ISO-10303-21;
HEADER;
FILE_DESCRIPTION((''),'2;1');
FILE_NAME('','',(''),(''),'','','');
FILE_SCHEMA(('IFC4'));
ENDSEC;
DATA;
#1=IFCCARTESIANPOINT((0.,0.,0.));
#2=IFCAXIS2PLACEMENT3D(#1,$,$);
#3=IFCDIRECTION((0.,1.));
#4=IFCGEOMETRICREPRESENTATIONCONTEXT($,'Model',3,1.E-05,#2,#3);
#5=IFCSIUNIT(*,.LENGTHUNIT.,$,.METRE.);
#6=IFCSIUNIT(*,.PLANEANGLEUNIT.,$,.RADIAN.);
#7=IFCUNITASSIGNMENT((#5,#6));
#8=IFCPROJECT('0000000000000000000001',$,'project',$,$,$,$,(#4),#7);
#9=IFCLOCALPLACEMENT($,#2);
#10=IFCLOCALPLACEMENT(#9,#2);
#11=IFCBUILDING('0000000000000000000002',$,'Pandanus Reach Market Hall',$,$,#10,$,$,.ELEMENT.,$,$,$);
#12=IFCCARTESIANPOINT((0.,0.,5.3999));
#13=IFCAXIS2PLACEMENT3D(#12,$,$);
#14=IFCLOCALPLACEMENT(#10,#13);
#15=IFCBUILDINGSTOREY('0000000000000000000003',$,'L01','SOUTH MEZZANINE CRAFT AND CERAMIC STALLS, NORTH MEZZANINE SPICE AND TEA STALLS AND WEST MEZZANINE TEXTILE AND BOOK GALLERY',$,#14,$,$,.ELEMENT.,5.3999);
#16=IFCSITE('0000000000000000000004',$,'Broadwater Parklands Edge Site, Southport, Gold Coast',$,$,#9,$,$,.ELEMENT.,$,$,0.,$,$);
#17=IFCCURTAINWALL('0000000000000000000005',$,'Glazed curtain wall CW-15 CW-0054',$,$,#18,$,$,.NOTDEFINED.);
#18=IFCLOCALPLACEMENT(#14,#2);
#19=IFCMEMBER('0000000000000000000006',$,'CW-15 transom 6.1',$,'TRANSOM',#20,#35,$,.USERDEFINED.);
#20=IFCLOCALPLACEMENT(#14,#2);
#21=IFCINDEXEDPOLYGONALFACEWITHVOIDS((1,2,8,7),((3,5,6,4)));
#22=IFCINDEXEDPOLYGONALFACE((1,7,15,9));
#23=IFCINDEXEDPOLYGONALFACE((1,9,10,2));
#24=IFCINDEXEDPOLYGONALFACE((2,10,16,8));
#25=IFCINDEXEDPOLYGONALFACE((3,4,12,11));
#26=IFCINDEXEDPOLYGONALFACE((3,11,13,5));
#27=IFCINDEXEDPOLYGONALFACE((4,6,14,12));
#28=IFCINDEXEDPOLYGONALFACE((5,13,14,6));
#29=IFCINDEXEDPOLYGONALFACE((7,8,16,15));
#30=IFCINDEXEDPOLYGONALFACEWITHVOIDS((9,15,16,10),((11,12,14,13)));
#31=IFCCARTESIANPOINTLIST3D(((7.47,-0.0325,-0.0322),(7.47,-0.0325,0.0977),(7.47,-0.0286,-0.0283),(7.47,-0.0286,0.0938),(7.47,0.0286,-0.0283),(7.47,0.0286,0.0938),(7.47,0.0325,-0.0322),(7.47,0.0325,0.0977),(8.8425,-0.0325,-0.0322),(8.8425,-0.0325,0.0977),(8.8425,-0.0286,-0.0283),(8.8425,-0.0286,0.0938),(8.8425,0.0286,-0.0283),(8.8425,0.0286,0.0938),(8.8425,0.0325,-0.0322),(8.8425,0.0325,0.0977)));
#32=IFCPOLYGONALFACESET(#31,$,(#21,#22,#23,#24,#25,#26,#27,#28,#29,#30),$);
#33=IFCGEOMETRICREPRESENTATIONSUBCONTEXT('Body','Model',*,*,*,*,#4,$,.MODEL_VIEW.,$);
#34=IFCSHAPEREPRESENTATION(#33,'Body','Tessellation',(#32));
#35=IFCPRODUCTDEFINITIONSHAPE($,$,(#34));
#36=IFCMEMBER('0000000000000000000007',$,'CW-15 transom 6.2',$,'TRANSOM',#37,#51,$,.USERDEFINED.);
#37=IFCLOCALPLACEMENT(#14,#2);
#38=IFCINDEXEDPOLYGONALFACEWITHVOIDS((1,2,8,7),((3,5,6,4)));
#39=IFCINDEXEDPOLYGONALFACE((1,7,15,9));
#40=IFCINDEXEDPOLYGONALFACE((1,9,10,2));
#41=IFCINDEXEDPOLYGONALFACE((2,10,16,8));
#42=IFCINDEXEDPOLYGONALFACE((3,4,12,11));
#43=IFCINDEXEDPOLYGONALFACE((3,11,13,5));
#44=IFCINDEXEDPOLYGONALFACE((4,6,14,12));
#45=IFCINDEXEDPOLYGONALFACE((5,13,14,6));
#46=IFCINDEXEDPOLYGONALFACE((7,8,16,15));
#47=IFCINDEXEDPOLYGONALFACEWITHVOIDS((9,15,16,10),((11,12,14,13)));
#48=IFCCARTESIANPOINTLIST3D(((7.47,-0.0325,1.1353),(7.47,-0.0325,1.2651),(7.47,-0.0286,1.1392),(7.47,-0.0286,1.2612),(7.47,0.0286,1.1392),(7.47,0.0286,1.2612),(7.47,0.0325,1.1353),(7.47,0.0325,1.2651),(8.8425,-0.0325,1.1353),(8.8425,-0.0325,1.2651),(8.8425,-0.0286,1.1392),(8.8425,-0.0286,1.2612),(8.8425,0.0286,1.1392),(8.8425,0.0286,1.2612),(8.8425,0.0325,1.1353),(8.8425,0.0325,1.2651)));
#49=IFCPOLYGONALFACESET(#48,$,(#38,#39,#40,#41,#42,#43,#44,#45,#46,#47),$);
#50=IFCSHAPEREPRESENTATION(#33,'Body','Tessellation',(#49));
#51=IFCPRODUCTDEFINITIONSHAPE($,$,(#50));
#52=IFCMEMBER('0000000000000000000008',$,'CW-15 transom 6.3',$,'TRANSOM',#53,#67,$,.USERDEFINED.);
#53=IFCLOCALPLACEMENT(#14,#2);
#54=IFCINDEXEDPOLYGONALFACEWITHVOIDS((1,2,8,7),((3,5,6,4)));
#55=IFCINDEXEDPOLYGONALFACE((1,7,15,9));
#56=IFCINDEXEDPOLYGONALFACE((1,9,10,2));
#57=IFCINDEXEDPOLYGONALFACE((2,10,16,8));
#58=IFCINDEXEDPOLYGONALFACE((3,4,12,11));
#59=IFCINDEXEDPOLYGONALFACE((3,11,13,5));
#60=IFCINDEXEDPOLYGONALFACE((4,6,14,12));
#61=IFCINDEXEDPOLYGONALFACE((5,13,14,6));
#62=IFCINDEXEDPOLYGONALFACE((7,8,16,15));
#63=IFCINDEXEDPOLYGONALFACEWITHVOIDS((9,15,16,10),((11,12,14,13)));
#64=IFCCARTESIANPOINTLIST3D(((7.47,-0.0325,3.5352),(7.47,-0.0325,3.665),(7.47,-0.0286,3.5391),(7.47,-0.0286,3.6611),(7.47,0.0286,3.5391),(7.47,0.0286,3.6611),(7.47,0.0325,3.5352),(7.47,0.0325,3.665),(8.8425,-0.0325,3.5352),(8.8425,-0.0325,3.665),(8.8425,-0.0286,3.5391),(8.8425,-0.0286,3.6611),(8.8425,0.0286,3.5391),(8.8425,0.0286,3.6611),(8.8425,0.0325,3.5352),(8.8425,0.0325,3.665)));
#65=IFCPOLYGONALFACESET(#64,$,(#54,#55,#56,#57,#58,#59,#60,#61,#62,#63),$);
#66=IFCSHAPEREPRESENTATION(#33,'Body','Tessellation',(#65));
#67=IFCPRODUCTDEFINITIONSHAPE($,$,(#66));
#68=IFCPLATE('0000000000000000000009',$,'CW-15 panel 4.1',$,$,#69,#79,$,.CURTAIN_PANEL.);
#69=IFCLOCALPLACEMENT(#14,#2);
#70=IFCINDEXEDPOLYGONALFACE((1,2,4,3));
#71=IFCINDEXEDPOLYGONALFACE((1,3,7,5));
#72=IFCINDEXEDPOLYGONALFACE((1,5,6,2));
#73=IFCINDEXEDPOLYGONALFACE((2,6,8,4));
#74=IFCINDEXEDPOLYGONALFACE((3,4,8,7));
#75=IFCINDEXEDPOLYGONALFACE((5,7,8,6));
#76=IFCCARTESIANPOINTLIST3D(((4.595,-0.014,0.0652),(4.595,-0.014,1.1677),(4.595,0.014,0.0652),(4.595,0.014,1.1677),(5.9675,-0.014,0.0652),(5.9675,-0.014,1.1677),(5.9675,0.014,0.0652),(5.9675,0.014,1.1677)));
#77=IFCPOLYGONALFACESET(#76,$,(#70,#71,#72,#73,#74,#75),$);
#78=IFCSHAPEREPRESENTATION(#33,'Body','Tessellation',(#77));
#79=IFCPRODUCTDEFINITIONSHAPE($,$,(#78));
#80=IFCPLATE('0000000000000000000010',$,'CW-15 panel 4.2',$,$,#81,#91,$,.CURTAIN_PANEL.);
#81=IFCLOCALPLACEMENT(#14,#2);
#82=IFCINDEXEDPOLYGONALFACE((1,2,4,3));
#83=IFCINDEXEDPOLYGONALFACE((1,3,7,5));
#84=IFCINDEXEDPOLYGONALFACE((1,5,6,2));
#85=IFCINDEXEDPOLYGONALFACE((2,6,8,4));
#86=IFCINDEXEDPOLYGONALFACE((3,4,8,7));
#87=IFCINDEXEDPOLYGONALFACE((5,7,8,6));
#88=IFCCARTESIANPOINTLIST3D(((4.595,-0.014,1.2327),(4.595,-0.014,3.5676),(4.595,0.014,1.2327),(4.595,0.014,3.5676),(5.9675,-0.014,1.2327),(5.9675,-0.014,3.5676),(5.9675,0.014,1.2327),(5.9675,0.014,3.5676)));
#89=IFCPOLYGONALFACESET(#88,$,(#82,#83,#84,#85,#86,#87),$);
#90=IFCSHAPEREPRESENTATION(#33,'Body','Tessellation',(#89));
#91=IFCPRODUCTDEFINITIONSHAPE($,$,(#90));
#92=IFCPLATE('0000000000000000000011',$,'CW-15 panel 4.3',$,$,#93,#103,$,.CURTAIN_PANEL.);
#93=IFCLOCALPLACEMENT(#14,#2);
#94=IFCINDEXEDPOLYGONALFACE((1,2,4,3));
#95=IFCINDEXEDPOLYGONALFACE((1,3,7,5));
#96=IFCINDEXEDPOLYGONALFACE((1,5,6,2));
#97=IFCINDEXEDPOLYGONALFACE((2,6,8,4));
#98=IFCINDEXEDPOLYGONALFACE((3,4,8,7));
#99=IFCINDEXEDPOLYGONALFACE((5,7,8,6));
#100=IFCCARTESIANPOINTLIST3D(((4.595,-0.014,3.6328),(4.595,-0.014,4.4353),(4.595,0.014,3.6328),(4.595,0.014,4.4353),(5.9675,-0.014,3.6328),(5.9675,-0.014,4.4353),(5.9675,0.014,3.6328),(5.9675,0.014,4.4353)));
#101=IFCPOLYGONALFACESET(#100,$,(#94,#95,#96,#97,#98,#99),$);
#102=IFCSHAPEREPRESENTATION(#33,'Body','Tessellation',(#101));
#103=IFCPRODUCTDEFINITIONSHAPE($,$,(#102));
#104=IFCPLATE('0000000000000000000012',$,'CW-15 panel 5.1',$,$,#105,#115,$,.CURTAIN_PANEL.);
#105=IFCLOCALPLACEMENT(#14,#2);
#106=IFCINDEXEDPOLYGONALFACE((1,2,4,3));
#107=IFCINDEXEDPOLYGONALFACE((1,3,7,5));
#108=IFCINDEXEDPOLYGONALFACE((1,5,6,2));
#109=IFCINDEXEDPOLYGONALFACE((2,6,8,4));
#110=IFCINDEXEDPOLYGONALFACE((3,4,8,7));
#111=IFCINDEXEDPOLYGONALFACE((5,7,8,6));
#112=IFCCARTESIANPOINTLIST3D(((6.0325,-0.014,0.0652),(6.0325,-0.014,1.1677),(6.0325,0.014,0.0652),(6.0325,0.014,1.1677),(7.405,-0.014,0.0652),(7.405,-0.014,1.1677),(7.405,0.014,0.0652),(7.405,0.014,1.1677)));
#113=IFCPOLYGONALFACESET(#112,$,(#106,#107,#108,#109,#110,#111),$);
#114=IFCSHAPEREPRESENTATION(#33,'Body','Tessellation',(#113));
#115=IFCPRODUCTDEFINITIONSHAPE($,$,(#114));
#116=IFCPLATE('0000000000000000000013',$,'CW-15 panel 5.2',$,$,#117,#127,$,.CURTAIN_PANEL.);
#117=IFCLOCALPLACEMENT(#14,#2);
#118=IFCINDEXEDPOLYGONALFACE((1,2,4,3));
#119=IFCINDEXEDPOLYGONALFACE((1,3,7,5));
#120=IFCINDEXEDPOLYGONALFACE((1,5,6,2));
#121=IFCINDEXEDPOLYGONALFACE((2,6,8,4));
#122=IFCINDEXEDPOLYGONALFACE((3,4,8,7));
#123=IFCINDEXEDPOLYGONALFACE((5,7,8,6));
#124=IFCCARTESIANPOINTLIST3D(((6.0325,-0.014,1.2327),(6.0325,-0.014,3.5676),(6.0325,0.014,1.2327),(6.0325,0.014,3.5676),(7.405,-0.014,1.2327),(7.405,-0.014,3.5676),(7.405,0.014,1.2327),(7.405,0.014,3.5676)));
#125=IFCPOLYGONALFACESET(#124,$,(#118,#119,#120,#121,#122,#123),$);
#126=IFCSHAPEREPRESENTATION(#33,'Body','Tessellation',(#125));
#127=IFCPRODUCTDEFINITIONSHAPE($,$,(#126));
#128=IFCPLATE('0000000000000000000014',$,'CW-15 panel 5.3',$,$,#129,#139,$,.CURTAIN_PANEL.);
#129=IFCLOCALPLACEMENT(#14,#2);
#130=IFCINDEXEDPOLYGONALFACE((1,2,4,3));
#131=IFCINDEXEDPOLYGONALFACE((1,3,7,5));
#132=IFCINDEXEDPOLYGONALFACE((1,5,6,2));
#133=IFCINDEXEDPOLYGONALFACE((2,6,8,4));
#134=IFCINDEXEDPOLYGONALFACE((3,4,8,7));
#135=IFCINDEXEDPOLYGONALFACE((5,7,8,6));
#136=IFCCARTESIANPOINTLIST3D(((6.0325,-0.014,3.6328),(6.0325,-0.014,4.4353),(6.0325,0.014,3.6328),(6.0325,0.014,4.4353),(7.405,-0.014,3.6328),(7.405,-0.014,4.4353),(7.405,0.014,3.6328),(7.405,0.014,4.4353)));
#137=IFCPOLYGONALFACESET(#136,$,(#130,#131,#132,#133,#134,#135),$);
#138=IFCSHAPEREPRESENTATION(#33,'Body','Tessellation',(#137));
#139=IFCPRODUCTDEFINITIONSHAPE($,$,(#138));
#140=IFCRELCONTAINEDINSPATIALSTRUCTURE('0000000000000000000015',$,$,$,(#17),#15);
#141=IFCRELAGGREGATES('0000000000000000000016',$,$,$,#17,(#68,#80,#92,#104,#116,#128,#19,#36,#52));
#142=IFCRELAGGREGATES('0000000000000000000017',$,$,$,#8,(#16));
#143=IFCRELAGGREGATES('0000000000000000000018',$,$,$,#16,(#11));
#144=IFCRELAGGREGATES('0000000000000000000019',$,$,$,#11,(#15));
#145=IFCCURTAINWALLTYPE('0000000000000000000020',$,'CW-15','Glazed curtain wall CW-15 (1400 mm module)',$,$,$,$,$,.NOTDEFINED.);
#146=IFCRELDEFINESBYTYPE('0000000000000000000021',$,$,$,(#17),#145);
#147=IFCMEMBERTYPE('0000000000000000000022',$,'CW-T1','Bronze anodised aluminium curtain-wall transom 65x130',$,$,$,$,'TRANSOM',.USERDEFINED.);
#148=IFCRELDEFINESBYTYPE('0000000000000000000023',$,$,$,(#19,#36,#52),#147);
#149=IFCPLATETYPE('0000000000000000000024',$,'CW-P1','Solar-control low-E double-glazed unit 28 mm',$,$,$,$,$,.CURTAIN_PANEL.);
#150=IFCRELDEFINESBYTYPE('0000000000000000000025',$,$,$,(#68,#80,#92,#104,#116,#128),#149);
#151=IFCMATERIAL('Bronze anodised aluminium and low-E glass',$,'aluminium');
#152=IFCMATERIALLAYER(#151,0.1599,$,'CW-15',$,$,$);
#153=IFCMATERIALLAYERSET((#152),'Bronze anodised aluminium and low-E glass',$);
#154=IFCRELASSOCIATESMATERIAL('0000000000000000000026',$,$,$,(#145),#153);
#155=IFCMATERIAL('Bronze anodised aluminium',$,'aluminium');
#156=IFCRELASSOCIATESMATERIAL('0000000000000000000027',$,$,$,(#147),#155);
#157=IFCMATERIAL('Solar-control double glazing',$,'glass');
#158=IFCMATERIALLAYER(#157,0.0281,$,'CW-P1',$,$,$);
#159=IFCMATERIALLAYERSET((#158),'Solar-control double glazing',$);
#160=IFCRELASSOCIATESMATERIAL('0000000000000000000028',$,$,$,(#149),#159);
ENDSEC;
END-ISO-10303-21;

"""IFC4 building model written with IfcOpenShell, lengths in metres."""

from ifc_helpers import new_model, si_unit, direction, frame, origin, origin_2d, place, context, subcontext, project, spatial, rectangle, hollow_rectangle, extrude, material, layer, layer_set, material_profile, profile_set, type_object, element, aggregate, save


model = new_model("IFC4")

# Units and contexts
model_context = context("Model", 3, precision=1e-05, world=origin(), true_north=direction((0.0, 1.0)))
body_context = subcontext(model_context, "Body", "Model", "MODEL_VIEW")
ifc_project = project(units=[si_unit("LENGTHUNIT", "METRE"), si_unit("PLANEANGLEUNIT", "RADIAN")], contexts=[model_context])

# Site, building, storey
site_placement = place(None, origin())
site = spatial("IfcSite", under=ifc_project, at=site_placement, Name="Broadwater Parklands Edge Site, Southport, Gold Coast", CompositionType="ELEMENT", RefElevation=0.0)
building_placement = place(site_placement, origin())
building = spatial("IfcBuilding", under=site, at=building_placement, Name="Pandanus Reach Market Hall", CompositionType="ELEMENT")
storey_placement = place(building_placement, frame((0.0, 0.0, 5.3999)))
storey = spatial("IfcBuildingStorey", under=building, at=storey_placement, Name="L01", Description="SOUTH MEZZANINE CRAFT AND CERAMIC STALLS, NORTH MEZZANINE SPICE AND TEA STALLS AND WEST MEZZANINE TEXTILE AND BOOK GALLERY", CompositionType="ELEMENT", Elevation=5.3999)

# Curtain wall, members, plates
ifc_material_1 = material(Name="Bronze anodised aluminium and low-E glass", Category="aluminium")
ifc_layer_1 = layer(ifc_material_1, 0.1599, Name="CW-15")
ifc_layer_set_1 = layer_set([ifc_layer_1], Name="Bronze anodised aluminium and low-E glass")
curtain_wall_type = type_object("IfcCurtainWallType", Name="CW-15", Description="Glazed curtain wall CW-15 (1400 mm module)", PredefinedType="NOTDEFINED", material=ifc_layer_set_1)
curtain_wall_placement = place(storey_placement, origin())
curtain_wall = element("IfcCurtainWall", 1, at=curtain_wall_placement, inside=storey, type_object=curtain_wall_type, Name="Glazed curtain wall CW-15 CW-0054", PredefinedType="NOTDEFINED")
ifc_material_2 = material(Name="Bronze anodised aluminium", Category="aluminium")
ifc_material_profile_1 = material_profile(ifc_material_2, hollow_rectangle(XDim=0.0649, YDim=0.1299, WallThickness=0.0039, at=origin_2d()), Name="ALU65x130", Category="LoadBearing")
ifc_profile_set_1 = profile_set([ifc_material_profile_1], Name="Bronze anodised aluminium")
member_type_1 = type_object("IfcMemberType", Name="CW-T1", Description="Bronze anodised aluminium curtain-wall transom 65x130", ElementType="TRANSOM", PredefinedType="USERDEFINED", material=ifc_profile_set_1)
member_1_placement = place(storey_placement, frame((7.47, 0.0, 0.0327), z_axis=(1.0, 0.0, 0.0), x_axis=(0.0, 1.0, 0.0)))
member_1 = element("IfcMember", 2, at=member_1_placement, type_object=member_type_1, Name="CW-15 transom 6.1", ObjectType="TRANSOM", PredefinedType="USERDEFINED", context=body_context, shape_type="SweptSolid", body=[
    extrude(hollow_rectangle(XDim=0.0649, YDim=0.1299, WallThickness=0.0039, at=origin_2d()), origin(), (0.0, 0.0, 1.0), 1.3726),
])
member_2_placement = place(storey_placement, frame((7.47, 0.0, 1.2002), z_axis=(1.0, 0.0, 0.0), x_axis=(0.0, 1.0, 0.0)))
member_2 = element("IfcMember", 3, at=member_2_placement, type_object=member_type_1, Name="CW-15 transom 6.2", ObjectType="TRANSOM", PredefinedType="USERDEFINED", context=body_context, shape_type="SweptSolid", body=[
    extrude(hollow_rectangle(XDim=0.0649, YDim=0.1299, WallThickness=0.0039, at=origin_2d()), origin(), (0.0, 0.0, 1.0), 1.3726),
])
member_3_placement = place(storey_placement, frame((7.47, 0.0, 3.6001), z_axis=(1.0, 0.0, 0.0), x_axis=(0.0, 1.0, 0.0)))
member_3 = element("IfcMember", 4, at=member_3_placement, type_object=member_type_1, Name="CW-15 transom 6.3", ObjectType="TRANSOM", PredefinedType="USERDEFINED", context=body_context, shape_type="SweptSolid", body=[
    extrude(hollow_rectangle(XDim=0.0649, YDim=0.1299, WallThickness=0.0039, at=origin_2d()), origin(), (0.0, 0.0, 1.0), 1.3726),
])
ifc_material_3 = material(Name="Solar-control double glazing", Category="glass")
ifc_layer_2 = layer(ifc_material_3, 0.0281, Name="CW-P1")
ifc_layer_set_2 = layer_set([ifc_layer_2], Name="Solar-control double glazing")
plate_type = type_object("IfcPlateType", Name="CW-P1", Description="Solar-control low-E double-glazed unit 28 mm", PredefinedType="CURTAIN_PANEL", material=ifc_layer_set_2)
plate_1_placement = place(storey_placement, frame((5.2812, 0.0, 0.0652), z_axis=(0.0, 0.0, 1.0), x_axis=(1.0, 0.0, 0.0)))
plate_1 = element("IfcPlate", 5, at=plate_1_placement, type_object=plate_type, Name="CW-15 panel 4.1", PredefinedType="CURTAIN_PANEL", context=body_context, shape_type="SweptSolid", body=[
    extrude(rectangle(XDim=1.3726, YDim=0.0281, at=origin_2d()), origin(), (0.0, 0.0, 1.0), 1.1025),
])
plate_2_placement = place(storey_placement, frame((5.2812, 0.0, 1.2327), z_axis=(0.0, 0.0, 1.0), x_axis=(1.0, 0.0, 0.0)))
plate_2 = element("IfcPlate", 6, at=plate_2_placement, type_object=plate_type, Name="CW-15 panel 4.2", PredefinedType="CURTAIN_PANEL", context=body_context, shape_type="SweptSolid", body=[
    extrude(rectangle(XDim=1.3726, YDim=0.0281, at=origin_2d()), origin(), (0.0, 0.0, 1.0), 2.335),
])
plate_3_placement = place(storey_placement, frame((5.2812, 0.0, 3.6328), z_axis=(0.0, 0.0, 1.0), x_axis=(1.0, 0.0, 0.0)))
plate_3 = element("IfcPlate", 7, at=plate_3_placement, type_object=plate_type, Name="CW-15 panel 4.3", PredefinedType="CURTAIN_PANEL", context=body_context, shape_type="SweptSolid", body=[
    extrude(rectangle(XDim=1.3726, YDim=0.0281, at=origin_2d()), origin(), (0.0, 0.0, 1.0), 0.8025),
])
plate_4_placement = place(storey_placement, frame((6.7188, 0.0, 0.0652), z_axis=(0.0, 0.0, 1.0), x_axis=(1.0, 0.0, 0.0)))
plate_4 = element("IfcPlate", 8, at=plate_4_placement, type_object=plate_type, Name="CW-15 panel 5.1", PredefinedType="CURTAIN_PANEL", context=body_context, shape_type="SweptSolid", body=[
    extrude(rectangle(XDim=1.3726, YDim=0.0281, at=origin_2d()), origin(), (0.0, 0.0, 1.0), 1.1025),
])
plate_5_placement = place(storey_placement, frame((6.7188, 0.0, 1.2327), z_axis=(0.0, 0.0, 1.0), x_axis=(1.0, 0.0, 0.0)))
plate_5 = element("IfcPlate", 9, at=plate_5_placement, type_object=plate_type, Name="CW-15 panel 5.2", PredefinedType="CURTAIN_PANEL", context=body_context, shape_type="SweptSolid", body=[
    extrude(rectangle(XDim=1.3726, YDim=0.0281, at=origin_2d()), origin(), (0.0, 0.0, 1.0), 2.335),
])
plate_6_placement = place(storey_placement, frame((6.7188, 0.0, 3.6328), z_axis=(0.0, 0.0, 1.0), x_axis=(1.0, 0.0, 0.0)))
plate_6 = element("IfcPlate", 10, at=plate_6_placement, type_object=plate_type, Name="CW-15 panel 5.3", PredefinedType="CURTAIN_PANEL", context=body_context, shape_type="SweptSolid", body=[
    extrude(rectangle(XDim=1.3726, YDim=0.0281, at=origin_2d()), origin(), (0.0, 0.0, 1.0), 0.8025),
])
aggregate(curtain_wall, [plate_1, plate_2, plate_3, plate_4, plate_5, plate_6, member_1, member_2, member_3])

save(model, "model.ifc")
